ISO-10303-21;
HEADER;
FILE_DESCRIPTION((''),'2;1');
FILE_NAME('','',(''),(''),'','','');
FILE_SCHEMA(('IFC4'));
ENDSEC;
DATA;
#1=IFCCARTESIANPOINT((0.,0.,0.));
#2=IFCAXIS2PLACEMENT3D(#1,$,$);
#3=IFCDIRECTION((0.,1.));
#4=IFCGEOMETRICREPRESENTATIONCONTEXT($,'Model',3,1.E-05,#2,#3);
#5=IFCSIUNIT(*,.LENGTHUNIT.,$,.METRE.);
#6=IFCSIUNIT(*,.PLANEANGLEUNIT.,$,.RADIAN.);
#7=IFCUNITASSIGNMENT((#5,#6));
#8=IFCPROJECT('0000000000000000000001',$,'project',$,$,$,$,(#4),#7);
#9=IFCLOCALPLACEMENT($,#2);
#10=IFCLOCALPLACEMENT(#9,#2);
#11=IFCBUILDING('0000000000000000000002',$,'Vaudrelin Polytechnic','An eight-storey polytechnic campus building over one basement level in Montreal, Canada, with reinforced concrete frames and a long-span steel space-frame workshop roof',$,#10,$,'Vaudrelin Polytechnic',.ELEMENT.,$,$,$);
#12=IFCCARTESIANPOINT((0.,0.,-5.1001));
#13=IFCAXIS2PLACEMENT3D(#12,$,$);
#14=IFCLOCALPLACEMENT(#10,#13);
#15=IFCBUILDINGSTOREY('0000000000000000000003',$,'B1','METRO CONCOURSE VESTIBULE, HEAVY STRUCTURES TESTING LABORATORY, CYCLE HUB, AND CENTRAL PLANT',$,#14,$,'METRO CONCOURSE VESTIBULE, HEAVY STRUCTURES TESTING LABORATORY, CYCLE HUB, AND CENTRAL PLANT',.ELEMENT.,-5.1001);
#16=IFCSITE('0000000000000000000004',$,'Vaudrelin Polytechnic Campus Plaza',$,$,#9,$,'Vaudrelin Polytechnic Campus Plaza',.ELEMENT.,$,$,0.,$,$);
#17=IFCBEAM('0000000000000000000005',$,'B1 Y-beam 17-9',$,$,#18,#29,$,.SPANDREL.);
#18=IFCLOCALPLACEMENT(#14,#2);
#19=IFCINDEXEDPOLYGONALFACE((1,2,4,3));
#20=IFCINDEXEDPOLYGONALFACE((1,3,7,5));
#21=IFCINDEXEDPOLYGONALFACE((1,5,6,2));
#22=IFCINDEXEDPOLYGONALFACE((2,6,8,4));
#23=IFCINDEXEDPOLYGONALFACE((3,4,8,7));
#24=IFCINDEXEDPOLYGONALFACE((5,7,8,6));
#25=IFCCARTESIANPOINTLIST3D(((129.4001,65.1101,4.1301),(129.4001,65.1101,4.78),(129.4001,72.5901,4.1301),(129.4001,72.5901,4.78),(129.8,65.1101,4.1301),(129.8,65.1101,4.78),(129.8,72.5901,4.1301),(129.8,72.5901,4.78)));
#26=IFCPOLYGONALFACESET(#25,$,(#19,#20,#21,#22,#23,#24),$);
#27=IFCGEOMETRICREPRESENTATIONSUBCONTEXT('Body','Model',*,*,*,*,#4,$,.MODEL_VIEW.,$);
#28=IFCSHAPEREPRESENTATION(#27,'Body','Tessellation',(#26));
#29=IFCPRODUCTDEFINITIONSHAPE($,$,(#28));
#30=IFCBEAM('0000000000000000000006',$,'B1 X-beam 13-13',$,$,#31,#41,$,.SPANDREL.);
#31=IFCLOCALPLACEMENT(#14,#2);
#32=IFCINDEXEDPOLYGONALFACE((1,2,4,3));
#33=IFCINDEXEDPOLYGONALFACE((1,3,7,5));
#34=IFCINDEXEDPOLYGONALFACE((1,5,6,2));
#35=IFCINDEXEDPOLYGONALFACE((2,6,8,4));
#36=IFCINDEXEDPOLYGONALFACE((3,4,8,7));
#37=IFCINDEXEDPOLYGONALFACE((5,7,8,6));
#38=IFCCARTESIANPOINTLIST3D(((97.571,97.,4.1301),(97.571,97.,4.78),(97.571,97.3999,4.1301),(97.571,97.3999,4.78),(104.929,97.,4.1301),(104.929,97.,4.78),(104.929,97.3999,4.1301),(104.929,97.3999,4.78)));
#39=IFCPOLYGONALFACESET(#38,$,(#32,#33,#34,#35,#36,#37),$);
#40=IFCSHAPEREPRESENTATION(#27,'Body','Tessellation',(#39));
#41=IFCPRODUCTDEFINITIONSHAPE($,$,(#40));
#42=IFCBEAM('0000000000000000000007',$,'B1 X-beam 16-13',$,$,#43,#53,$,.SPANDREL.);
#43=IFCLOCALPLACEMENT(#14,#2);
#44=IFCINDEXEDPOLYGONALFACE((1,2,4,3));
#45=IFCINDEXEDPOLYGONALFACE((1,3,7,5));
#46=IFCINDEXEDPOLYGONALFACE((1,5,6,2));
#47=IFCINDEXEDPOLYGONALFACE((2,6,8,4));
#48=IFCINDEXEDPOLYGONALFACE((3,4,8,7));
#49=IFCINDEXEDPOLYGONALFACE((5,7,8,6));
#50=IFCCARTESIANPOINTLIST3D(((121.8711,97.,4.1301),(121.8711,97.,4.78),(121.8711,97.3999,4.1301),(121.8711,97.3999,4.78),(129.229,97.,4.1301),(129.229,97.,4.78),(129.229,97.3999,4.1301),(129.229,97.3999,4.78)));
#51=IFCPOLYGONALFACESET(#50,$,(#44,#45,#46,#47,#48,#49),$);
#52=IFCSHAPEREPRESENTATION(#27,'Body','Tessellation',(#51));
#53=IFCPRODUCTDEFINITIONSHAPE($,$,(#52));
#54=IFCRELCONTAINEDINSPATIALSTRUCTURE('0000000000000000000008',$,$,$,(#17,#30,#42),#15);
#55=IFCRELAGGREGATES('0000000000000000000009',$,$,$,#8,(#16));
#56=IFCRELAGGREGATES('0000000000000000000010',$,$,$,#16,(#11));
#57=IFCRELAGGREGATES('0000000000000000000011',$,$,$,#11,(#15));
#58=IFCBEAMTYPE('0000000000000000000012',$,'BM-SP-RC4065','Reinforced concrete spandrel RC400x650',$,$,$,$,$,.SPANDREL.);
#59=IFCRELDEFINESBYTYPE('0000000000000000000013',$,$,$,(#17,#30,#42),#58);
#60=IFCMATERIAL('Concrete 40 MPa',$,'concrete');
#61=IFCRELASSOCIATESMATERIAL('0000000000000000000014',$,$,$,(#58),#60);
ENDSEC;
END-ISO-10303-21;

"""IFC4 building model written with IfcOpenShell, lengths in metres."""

from ifc_helpers import new_model, si_unit, direction, frame, origin, origin_2d, place, context, subcontext, project, spatial, rectangle, extrude, material, material_profile, profile_set, type_object, element, save


model = new_model("IFC4")

# Units and contexts
model_context = context("Model", 3, precision=1e-05, world=origin(), true_north=direction((0.0, 1.0)))
body_context = subcontext(model_context, "Body", "Model", "MODEL_VIEW")
ifc_project = project(units=[si_unit("LENGTHUNIT", "METRE"), si_unit("PLANEANGLEUNIT", "RADIAN")], contexts=[model_context])

# Site, building, storey
site_placement = place(None, origin())
site = spatial("IfcSite", under=ifc_project, at=site_placement, Name="Vaudrelin Polytechnic Campus Plaza", LongName="Vaudrelin Polytechnic Campus Plaza", CompositionType="ELEMENT", RefElevation=0.0)
building_placement = place(site_placement, origin())
building = spatial("IfcBuilding", under=site, at=building_placement, Name="Vaudrelin Polytechnic", Description="An eight-storey polytechnic campus building over one basement level in Montreal, Canada, with reinforced concrete frames and a long-span steel space-frame workshop roof", LongName="Vaudrelin Polytechnic", CompositionType="ELEMENT")
storey_placement = place(building_placement, frame((0.0, 0.0, -5.1001)))
storey = spatial("IfcBuildingStorey", under=building, at=storey_placement, Name="B1", Description="METRO CONCOURSE VESTIBULE, HEAVY STRUCTURES TESTING LABORATORY, CYCLE HUB, AND CENTRAL PLANT", LongName="METRO CONCOURSE VESTIBULE, HEAVY STRUCTURES TESTING LABORATORY, CYCLE HUB, AND CENTRAL PLANT", CompositionType="ELEMENT", Elevation=-5.1001)

# Shared definitions
ifc_material_1 = material(Name="Concrete 40 MPa", Category="concrete")

# Beams
ifc_material_profile_1 = material_profile(ifc_material_1, rectangle(XDim=0.3999, YDim=0.6499, at=origin_2d()), Name="RC400x650")
ifc_profile_set_1 = profile_set([ifc_material_profile_1], Name="Concrete 40 MPa")
beam_type_1 = type_object("IfcBeamType", Name="BM-SP-RC4065", Description="Reinforced concrete spandrel RC400x650", PredefinedType="SPANDREL", material=ifc_profile_set_1)
beam_1_placement = place(storey_placement, frame((129.6001, 65.1101, 4.4551), z_axis=(0.0, 1.0, 0.0), x_axis=(-1.0, 0.0, 0.0)))
element("IfcBeam", 1, at=beam_1_placement, inside=storey, type_object=beam_type_1, Name="B1 Y-beam 17-9", PredefinedType="SPANDREL", context=body_context, shape_type="SweptSolid", body=[
    extrude(rectangle(XDim=0.3999, YDim=0.6499, at=origin_2d()), origin(), (0.0, 0.0, 1.0), 7.48),
])
for number, where, z_axis, x_axis, name in (
    (2, (97.571, 97.2, 4.4551), (1.0, 0.0, 0.0), (0.0, 1.0, 0.0), "B1 X-beam 13-13"),
    (3, (121.8711, 97.2, 4.4551), (1.0, 0.0, 0.0), (0.0, 1.0, 0.0), "B1 X-beam 16-13"),
):
    element("IfcBeam", number, at=place(storey_placement, frame(where, z_axis=z_axis, x_axis=x_axis)), inside=storey, type_object=beam_type_1, Name=name, PredefinedType="SPANDREL", context=body_context, shape_type="SweptSolid", body=[
        extrude(rectangle(XDim=0.3999, YDim=0.6499, at=origin_2d()), origin(), (0.0, 0.0, 1.0), 7.3579),
    ])

save(model, "model.ifc")
